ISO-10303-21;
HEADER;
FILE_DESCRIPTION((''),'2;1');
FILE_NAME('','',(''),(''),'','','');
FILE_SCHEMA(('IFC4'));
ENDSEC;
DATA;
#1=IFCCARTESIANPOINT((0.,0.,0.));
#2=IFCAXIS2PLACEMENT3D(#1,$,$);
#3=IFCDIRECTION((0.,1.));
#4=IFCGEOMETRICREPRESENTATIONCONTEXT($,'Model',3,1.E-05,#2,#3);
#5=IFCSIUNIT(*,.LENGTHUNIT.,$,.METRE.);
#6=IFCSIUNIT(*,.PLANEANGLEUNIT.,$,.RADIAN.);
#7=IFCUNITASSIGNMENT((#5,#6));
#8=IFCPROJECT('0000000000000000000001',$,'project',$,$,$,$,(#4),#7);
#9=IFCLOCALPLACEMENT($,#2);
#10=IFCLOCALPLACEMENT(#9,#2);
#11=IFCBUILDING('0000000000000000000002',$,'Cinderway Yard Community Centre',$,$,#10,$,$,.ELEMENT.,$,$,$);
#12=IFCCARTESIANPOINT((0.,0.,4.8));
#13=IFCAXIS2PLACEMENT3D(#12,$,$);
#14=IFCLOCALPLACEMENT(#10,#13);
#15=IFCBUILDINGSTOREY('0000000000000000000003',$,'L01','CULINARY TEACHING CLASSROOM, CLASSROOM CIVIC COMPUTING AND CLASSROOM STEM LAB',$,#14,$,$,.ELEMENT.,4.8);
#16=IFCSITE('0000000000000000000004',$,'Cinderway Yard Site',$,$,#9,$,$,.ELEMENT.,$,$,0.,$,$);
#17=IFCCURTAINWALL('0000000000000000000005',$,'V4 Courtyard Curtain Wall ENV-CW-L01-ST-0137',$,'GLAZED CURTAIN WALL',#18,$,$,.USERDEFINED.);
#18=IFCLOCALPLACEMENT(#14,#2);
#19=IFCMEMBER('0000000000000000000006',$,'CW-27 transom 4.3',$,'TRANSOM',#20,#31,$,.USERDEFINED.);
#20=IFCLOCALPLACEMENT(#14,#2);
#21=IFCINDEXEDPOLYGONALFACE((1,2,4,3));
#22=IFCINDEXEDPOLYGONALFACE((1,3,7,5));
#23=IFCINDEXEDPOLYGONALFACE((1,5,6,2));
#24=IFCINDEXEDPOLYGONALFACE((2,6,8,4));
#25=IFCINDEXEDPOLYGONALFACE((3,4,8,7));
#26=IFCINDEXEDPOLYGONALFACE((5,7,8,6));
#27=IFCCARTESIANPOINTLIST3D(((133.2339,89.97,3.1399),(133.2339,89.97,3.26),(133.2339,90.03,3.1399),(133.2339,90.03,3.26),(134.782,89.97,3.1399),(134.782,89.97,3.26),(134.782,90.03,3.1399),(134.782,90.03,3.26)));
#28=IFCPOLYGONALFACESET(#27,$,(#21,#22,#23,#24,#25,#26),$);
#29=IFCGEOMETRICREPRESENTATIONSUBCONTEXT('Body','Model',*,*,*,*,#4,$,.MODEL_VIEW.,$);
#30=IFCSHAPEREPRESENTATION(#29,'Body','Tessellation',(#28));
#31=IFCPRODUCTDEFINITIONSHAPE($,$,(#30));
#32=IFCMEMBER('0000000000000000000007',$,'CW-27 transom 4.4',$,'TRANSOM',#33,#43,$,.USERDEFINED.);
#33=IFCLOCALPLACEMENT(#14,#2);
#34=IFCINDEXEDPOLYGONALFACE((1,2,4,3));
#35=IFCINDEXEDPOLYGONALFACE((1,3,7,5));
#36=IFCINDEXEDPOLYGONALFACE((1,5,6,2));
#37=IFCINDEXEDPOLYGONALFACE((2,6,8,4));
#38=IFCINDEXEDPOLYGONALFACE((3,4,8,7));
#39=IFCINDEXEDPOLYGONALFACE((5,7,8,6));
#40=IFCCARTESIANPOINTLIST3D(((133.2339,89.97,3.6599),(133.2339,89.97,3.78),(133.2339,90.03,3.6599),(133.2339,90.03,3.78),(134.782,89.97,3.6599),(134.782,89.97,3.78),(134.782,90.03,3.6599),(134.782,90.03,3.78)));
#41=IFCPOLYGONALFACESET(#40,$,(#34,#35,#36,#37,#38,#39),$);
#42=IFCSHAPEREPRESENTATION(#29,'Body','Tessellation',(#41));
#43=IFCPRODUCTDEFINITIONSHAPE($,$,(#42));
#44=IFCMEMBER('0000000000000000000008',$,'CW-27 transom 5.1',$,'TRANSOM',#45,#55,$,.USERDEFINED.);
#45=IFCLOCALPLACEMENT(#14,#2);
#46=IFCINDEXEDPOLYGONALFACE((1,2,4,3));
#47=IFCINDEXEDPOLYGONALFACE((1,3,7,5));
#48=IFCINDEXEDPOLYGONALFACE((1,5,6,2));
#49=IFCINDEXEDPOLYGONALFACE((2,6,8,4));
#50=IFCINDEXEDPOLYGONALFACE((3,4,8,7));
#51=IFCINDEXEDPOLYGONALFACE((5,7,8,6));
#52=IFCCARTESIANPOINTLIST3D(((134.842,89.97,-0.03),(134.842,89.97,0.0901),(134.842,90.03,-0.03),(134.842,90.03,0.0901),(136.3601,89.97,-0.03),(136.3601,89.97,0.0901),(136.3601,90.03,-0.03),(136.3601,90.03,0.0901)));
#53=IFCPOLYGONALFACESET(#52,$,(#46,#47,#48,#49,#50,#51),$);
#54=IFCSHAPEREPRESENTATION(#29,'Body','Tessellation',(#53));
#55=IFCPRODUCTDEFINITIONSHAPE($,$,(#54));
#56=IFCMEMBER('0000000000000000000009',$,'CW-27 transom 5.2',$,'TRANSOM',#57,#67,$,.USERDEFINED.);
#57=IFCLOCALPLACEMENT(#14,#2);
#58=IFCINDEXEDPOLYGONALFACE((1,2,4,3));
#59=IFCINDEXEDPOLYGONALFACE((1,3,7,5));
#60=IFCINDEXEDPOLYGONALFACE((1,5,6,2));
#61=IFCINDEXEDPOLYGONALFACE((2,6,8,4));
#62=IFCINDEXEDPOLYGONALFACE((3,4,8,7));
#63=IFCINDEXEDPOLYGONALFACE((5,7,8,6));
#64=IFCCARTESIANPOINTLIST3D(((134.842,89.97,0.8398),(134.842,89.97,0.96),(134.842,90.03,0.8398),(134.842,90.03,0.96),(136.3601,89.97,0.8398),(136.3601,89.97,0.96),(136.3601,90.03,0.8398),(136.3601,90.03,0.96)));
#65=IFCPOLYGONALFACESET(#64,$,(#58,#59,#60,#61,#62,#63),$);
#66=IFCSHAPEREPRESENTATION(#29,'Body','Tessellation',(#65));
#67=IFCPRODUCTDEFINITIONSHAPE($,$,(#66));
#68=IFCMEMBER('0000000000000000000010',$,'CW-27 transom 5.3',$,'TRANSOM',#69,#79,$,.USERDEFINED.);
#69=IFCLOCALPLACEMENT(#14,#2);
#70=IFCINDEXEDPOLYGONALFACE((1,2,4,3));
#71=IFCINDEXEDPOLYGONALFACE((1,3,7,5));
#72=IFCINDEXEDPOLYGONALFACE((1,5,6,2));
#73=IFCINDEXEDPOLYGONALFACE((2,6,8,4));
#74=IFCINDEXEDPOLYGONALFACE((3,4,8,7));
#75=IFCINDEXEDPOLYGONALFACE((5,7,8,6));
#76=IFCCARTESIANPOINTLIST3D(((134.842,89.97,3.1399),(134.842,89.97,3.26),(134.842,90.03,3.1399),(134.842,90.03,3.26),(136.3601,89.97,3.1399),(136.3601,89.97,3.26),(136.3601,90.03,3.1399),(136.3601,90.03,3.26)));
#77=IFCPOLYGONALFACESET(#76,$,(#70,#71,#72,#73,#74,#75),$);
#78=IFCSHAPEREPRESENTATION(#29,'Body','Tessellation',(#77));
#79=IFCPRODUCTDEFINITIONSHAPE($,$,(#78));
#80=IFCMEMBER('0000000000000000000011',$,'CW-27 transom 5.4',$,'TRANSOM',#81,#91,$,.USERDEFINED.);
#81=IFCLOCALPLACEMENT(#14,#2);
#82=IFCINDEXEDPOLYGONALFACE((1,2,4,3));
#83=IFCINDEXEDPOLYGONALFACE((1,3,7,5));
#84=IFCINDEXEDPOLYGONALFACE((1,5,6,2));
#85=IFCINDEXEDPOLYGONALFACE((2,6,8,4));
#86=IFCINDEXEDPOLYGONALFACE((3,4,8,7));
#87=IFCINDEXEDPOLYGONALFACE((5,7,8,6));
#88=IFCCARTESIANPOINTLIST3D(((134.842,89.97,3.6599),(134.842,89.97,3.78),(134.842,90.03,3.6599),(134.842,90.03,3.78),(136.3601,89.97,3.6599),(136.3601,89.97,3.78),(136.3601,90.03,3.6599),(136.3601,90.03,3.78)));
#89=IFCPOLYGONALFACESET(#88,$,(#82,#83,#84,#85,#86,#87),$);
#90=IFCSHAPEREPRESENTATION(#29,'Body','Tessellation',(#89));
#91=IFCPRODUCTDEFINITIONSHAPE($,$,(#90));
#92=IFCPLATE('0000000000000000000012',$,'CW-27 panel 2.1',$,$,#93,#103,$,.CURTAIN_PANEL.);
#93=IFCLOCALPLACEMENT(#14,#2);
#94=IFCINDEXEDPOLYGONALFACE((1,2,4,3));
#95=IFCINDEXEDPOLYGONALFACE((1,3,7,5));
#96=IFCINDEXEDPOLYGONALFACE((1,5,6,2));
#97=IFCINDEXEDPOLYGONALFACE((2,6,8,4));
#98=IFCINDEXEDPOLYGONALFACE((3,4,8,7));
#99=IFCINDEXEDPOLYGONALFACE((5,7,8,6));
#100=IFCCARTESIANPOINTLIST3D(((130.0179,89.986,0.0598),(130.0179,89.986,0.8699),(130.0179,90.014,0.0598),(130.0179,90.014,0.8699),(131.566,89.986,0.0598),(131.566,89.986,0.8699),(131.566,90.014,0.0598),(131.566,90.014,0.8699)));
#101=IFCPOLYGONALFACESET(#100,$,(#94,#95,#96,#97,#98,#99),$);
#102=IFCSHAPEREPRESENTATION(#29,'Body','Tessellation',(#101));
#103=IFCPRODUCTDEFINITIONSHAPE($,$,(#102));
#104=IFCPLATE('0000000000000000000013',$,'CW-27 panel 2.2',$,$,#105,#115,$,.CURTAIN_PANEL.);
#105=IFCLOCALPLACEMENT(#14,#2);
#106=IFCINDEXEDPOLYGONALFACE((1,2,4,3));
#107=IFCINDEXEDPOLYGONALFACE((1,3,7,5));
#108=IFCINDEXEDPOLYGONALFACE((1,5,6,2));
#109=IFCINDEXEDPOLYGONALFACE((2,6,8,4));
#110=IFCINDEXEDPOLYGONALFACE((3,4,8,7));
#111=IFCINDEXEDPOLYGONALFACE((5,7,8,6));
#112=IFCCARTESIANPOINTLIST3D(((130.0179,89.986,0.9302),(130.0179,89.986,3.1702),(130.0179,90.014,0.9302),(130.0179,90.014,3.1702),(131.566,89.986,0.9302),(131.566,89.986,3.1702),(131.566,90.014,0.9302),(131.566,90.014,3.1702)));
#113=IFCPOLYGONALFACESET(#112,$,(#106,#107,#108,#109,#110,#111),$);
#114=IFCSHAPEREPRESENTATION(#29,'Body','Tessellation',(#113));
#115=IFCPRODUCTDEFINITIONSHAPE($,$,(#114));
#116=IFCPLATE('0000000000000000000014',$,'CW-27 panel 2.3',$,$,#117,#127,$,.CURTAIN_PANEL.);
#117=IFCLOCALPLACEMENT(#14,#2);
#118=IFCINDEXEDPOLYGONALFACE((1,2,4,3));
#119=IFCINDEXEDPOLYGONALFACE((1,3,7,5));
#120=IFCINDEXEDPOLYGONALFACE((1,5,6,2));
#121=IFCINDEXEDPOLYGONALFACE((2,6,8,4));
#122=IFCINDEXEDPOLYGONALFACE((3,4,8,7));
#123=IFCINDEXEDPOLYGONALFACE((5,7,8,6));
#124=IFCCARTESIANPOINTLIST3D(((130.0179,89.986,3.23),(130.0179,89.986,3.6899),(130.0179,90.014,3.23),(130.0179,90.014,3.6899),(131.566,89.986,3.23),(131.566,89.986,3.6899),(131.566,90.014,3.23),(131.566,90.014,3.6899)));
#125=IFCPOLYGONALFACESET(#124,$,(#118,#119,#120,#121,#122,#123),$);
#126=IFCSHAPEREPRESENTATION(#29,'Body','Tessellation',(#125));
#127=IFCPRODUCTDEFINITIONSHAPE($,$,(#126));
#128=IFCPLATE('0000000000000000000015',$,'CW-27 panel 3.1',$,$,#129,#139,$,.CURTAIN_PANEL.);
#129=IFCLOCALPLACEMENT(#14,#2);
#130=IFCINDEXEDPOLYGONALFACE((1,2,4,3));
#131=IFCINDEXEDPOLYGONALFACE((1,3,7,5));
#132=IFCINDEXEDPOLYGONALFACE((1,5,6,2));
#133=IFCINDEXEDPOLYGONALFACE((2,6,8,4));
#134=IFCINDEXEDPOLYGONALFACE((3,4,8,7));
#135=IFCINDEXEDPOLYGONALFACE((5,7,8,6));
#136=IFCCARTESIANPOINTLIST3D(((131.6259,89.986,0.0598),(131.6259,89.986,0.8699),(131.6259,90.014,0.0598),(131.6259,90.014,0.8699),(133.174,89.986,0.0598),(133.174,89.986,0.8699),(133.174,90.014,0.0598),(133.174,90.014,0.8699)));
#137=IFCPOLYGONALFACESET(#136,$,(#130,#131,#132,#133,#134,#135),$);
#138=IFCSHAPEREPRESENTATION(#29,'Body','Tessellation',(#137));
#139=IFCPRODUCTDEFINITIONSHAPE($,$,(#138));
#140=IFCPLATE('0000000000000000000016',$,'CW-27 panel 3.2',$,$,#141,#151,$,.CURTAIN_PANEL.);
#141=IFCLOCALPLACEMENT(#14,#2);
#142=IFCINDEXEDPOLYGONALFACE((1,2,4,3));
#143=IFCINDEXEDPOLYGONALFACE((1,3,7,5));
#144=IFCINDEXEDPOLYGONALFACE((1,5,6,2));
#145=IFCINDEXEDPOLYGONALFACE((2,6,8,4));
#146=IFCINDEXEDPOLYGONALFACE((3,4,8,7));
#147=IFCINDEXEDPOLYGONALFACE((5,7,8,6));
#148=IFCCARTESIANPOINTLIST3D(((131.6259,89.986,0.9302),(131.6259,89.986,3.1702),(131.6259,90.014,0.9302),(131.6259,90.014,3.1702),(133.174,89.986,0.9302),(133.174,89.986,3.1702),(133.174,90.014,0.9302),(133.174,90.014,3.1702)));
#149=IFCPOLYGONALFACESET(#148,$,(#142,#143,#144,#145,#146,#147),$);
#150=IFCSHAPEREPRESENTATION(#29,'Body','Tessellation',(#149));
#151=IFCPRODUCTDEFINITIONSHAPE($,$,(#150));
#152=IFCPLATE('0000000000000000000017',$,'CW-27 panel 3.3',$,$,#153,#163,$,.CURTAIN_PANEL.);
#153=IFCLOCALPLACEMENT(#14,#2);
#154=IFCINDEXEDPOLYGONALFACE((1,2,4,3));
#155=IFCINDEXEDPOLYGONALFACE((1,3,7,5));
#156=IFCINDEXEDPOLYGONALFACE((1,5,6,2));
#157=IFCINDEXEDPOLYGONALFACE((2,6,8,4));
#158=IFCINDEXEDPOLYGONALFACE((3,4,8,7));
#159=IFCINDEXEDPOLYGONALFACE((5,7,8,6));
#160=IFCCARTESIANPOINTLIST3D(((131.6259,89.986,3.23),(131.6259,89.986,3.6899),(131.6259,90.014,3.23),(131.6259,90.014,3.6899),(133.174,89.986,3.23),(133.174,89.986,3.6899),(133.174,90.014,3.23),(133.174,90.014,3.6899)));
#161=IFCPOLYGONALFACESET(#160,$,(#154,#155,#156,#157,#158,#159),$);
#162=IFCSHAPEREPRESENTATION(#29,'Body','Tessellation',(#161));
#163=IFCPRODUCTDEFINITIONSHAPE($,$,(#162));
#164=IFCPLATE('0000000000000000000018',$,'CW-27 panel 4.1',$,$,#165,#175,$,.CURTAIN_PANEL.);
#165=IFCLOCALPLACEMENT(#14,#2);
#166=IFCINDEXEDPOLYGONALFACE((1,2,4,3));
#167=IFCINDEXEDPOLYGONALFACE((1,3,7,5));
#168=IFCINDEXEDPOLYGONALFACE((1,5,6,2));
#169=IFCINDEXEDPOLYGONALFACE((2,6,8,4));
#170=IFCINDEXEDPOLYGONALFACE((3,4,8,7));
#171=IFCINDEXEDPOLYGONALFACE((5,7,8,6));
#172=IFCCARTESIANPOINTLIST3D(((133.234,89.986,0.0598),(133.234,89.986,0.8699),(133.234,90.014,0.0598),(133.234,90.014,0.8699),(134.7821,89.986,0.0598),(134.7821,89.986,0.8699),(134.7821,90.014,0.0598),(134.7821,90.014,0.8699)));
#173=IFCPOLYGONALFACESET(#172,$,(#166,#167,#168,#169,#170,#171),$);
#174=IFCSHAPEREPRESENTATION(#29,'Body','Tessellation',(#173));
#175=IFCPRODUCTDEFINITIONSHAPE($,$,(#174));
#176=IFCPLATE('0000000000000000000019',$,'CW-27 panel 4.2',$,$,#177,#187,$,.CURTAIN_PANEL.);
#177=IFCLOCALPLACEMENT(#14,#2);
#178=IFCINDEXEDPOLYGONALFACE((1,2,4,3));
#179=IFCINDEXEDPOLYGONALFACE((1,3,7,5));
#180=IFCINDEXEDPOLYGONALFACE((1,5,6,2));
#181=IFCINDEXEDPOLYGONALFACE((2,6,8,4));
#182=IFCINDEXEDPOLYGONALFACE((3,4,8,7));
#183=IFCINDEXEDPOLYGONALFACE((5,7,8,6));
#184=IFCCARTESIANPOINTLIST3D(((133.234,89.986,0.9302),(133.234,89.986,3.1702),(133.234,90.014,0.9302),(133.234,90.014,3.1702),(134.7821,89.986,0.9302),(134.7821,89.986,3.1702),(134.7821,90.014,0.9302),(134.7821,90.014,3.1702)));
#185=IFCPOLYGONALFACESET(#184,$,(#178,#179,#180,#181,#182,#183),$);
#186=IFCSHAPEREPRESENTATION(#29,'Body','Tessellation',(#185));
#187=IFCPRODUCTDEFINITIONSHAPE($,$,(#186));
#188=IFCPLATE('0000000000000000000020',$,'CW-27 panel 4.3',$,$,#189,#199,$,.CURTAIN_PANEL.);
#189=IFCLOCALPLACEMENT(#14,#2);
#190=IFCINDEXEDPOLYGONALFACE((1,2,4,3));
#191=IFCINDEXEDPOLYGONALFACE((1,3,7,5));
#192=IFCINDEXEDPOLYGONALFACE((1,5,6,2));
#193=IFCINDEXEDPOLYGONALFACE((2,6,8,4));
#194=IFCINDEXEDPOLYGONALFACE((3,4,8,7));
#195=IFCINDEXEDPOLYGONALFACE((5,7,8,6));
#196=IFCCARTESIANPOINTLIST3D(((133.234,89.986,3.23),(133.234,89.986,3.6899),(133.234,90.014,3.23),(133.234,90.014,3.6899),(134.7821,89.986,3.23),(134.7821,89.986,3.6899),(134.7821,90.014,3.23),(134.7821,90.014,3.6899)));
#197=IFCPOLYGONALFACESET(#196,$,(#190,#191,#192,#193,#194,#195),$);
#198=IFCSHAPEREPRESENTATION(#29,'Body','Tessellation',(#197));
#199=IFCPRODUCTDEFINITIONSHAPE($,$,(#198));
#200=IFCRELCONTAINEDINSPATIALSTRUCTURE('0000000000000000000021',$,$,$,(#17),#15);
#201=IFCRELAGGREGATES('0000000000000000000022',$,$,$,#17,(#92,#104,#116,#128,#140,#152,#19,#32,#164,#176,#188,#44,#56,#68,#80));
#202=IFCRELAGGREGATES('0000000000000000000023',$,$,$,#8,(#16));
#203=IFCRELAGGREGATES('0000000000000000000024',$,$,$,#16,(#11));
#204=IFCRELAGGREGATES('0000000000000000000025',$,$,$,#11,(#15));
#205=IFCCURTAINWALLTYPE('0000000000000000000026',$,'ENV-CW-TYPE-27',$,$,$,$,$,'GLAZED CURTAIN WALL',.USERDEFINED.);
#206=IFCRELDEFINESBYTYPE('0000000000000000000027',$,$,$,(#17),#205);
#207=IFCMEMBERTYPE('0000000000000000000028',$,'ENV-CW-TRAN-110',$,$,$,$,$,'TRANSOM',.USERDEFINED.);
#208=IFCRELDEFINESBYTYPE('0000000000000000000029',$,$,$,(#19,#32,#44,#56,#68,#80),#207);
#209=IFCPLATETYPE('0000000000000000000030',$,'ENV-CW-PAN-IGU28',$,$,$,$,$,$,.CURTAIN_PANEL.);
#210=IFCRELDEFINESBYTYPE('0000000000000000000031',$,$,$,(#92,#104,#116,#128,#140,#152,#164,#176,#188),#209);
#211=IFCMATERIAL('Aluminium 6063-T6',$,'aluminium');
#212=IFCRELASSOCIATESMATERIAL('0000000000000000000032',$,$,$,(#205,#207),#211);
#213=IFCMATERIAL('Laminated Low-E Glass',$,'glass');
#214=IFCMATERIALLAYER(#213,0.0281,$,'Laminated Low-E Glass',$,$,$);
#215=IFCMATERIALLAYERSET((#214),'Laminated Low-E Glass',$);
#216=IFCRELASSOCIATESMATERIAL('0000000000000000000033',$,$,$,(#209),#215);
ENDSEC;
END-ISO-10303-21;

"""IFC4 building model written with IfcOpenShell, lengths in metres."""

from ifc_helpers import new_model, si_unit, direction, frame, origin, origin_2d, place, context, subcontext, project, spatial, rectangle, extrude, material, layer, layer_set, material_profile, profile_set, type_object, element, aggregate, save


model = new_model("IFC4")

# Units and contexts
model_context = context("Model", 3, precision=1e-05, world=origin(), true_north=direction((0.0, 1.0)))
body_context = subcontext(model_context, "Body", "Model", "MODEL_VIEW")
ifc_project = project(units=[si_unit("LENGTHUNIT", "METRE"), si_unit("PLANEANGLEUNIT", "RADIAN")], contexts=[model_context])

# Site, building, storey
site_placement = place(None, origin())
site = spatial("IfcSite", under=ifc_project, at=site_placement, Name="Cinderway Yard Site", CompositionType="ELEMENT", RefElevation=0.0)
building_placement = place(site_placement, origin())
building = spatial("IfcBuilding", under=site, at=building_placement, Name="Cinderway Yard Community Centre", CompositionType="ELEMENT")
storey_placement = place(building_placement, frame((0.0, 0.0, 4.8)))
storey = spatial("IfcBuildingStorey", under=building, at=storey_placement, Name="L01", Description="CULINARY TEACHING CLASSROOM, CLASSROOM CIVIC COMPUTING AND CLASSROOM STEM LAB", CompositionType="ELEMENT", Elevation=4.8)

# Curtain wall, members, plates
ifc_material_1 = material(Name="Aluminium 6063-T6", Category="aluminium")
curtain_wall_type = type_object("IfcCurtainWallType", Name="ENV-CW-TYPE-27", ElementType="GLAZED CURTAIN WALL", PredefinedType="USERDEFINED", material=ifc_material_1)
curtain_wall_placement = place(storey_placement, origin())
curtain_wall = element("IfcCurtainWall", 1, at=curtain_wall_placement, inside=storey, type_object=curtain_wall_type, Name="V4 Courtyard Curtain Wall ENV-CW-L01-ST-0137", ObjectType="GLAZED CURTAIN WALL", PredefinedType="USERDEFINED")
ifc_material_profile_1 = material_profile(ifc_material_1, rectangle(XDim=0.0601, YDim=0.1201, at=origin_2d()), Name="Aluminium 6063-T6")
ifc_profile_set_1 = profile_set([ifc_material_profile_1], Name="Aluminium 6063-T6")
member_type_1 = type_object("IfcMemberType", Name="ENV-CW-TRAN-110", ElementType="TRANSOM", PredefinedType="USERDEFINED", material=ifc_profile_set_1)
member_1_placement = place(storey_placement, frame((133.2339, 90.0, 3.2), z_axis=(1.0, 0.0, 0.0), x_axis=(0.0, 1.0, 0.0)))
member_1 = element("IfcMember", 2, at=member_1_placement, type_object=member_type_1, Name="CW-27 transom 4.3", ObjectType="TRANSOM", PredefinedType="USERDEFINED", context=body_context, shape_type="SweptSolid", body=[
    extrude(rectangle(XDim=0.0601, YDim=0.1201, at=origin_2d()), origin(), (0.0, 0.0, 1.0), 1.5481),
])
member_2_placement = place(storey_placement, frame((133.2339, 90.0, 3.72), z_axis=(1.0, 0.0, 0.0), x_axis=(0.0, 1.0, 0.0)))
member_2 = element("IfcMember", 3, at=member_2_placement, type_object=member_type_1, Name="CW-27 transom 4.4", ObjectType="TRANSOM", PredefinedType="USERDEFINED", context=body_context, shape_type="SweptSolid", body=[
    extrude(rectangle(XDim=0.0601, YDim=0.1201, at=origin_2d()), origin(), (0.0, 0.0, 1.0), 1.5481),
])
member_3_placement = place(storey_placement, frame((134.842, 90.0, 0.03), z_axis=(1.0, 0.0, 0.0), x_axis=(0.0, 1.0, 0.0)))
member_3 = element("IfcMember", 4, at=member_3_placement, type_object=member_type_1, Name="CW-27 transom 5.1", ObjectType="TRANSOM", PredefinedType="USERDEFINED", context=body_context, shape_type="SweptSolid", body=[
    extrude(rectangle(XDim=0.0601, YDim=0.1201, at=origin_2d()), origin(), (0.0, 0.0, 1.0), 1.5181),
])
member_4_placement = place(storey_placement, frame((134.842, 90.0, 0.8999), z_axis=(1.0, 0.0, 0.0), x_axis=(0.0, 1.0, 0.0)))
member_4 = element("IfcMember", 5, at=member_4_placement, type_object=member_type_1, Name="CW-27 transom 5.2", ObjectType="TRANSOM", PredefinedType="USERDEFINED", context=body_context, shape_type="SweptSolid", body=[
    extrude(rectangle(XDim=0.0601, YDim=0.1201, at=origin_2d()), origin(), (0.0, 0.0, 1.0), 1.5181),
])
member_5_placement = place(storey_placement, frame((134.842, 90.0, 3.2), z_axis=(1.0, 0.0, 0.0), x_axis=(0.0, 1.0, 0.0)))
member_5 = element("IfcMember", 6, at=member_5_placement, type_object=member_type_1, Name="CW-27 transom 5.3", ObjectType="TRANSOM", PredefinedType="USERDEFINED", context=body_context, shape_type="SweptSolid", body=[
    extrude(rectangle(XDim=0.0601, YDim=0.1201, at=origin_2d()), origin(), (0.0, 0.0, 1.0), 1.5181),
])
member_6_placement = place(storey_placement, frame((134.842, 90.0, 3.72), z_axis=(1.0, 0.0, 0.0), x_axis=(0.0, 1.0, 0.0)))
member_6 = element("IfcMember", 7, at=member_6_placement, type_object=member_type_1, Name="CW-27 transom 5.4", ObjectType="TRANSOM", PredefinedType="USERDEFINED", context=body_context, shape_type="SweptSolid", body=[
    extrude(rectangle(XDim=0.0601, YDim=0.1201, at=origin_2d()), origin(), (0.0, 0.0, 1.0), 1.5181),
])
ifc_material_2 = material(Name="Laminated Low-E Glass", Category="glass")
ifc_layer = layer(ifc_material_2, 0.0281, Name="Laminated Low-E Glass")
ifc_layer_set = layer_set([ifc_layer], Name="Laminated Low-E Glass")
plate_type = type_object("IfcPlateType", Name="ENV-CW-PAN-IGU28", PredefinedType="CURTAIN_PANEL", material=ifc_layer_set)
plate_1_placement = place(storey_placement, frame((130.792, 90.0, 0.0598), z_axis=(0.0, 0.0, 1.0), x_axis=(1.0, 0.0, 0.0)))
plate_1 = element("IfcPlate", 8, at=plate_1_placement, type_object=plate_type, Name="CW-27 panel 2.1", PredefinedType="CURTAIN_PANEL", context=body_context, shape_type="SweptSolid", body=[
    extrude(rectangle(XDim=1.5481, YDim=0.0281, at=origin_2d()), origin(), (0.0, 0.0, 1.0), 0.8101),
])
plate_2_placement = place(storey_placement, frame((130.792, 90.0, 0.9302), z_axis=(0.0, 0.0, 1.0), x_axis=(1.0, 0.0, 0.0)))
plate_2 = element("IfcPlate", 9, at=plate_2_placement, type_object=plate_type, Name="CW-27 panel 2.2", PredefinedType="CURTAIN_PANEL", context=body_context, shape_type="SweptSolid", body=[
    extrude(rectangle(XDim=1.5481, YDim=0.0281, at=origin_2d()), origin(), (0.0, 0.0, 1.0), 2.24),
])
plate_3_placement = place(storey_placement, frame((130.792, 90.0, 3.23), z_axis=(0.0, 0.0, 1.0), x_axis=(1.0, 0.0, 0.0)))
plate_3 = element("IfcPlate", 10, at=plate_3_placement, type_object=plate_type, Name="CW-27 panel 2.3", PredefinedType="CURTAIN_PANEL", context=body_context, shape_type="SweptSolid", body=[
    extrude(rectangle(XDim=1.5481, YDim=0.0281, at=origin_2d()), origin(), (0.0, 0.0, 1.0), 0.46),
])
plate_4_placement = place(storey_placement, frame((132.3999, 90.0, 0.0598), z_axis=(0.0, 0.0, 1.0), x_axis=(1.0, 0.0, 0.0)))
plate_4 = element("IfcPlate", 11, at=plate_4_placement, type_object=plate_type, Name="CW-27 panel 3.1", PredefinedType="CURTAIN_PANEL", context=body_context, shape_type="SweptSolid", body=[
    extrude(rectangle(XDim=1.5481, YDim=0.0281, at=origin_2d()), origin(), (0.0, 0.0, 1.0), 0.8101),
])
plate_5_placement = place(storey_placement, frame((132.3999, 90.0, 0.9302), z_axis=(0.0, 0.0, 1.0), x_axis=(1.0, 0.0, 0.0)))
plate_5 = element("IfcPlate", 12, at=plate_5_placement, type_object=plate_type, Name="CW-27 panel 3.2", PredefinedType="CURTAIN_PANEL", context=body_context, shape_type="SweptSolid", body=[
    extrude(rectangle(XDim=1.5481, YDim=0.0281, at=origin_2d()), origin(), (0.0, 0.0, 1.0), 2.24),
])
plate_6_placement = place(storey_placement, frame((132.3999, 90.0, 3.23), z_axis=(0.0, 0.0, 1.0), x_axis=(1.0, 0.0, 0.0)))
plate_6 = element("IfcPlate", 13, at=plate_6_placement, type_object=plate_type, Name="CW-27 panel 3.3", PredefinedType="CURTAIN_PANEL", context=body_context, shape_type="SweptSolid", body=[
    extrude(rectangle(XDim=1.5481, YDim=0.0281, at=origin_2d()), origin(), (0.0, 0.0, 1.0), 0.46),
])
plate_7_placement = place(storey_placement, frame((134.0081, 90.0, 0.0598), z_axis=(0.0, 0.0, 1.0), x_axis=(1.0, 0.0, 0.0)))
plate_7 = element("IfcPlate", 14, at=plate_7_placement, type_object=plate_type, Name="CW-27 panel 4.1", PredefinedType="CURTAIN_PANEL", context=body_context, shape_type="SweptSolid", body=[
    extrude(rectangle(XDim=1.5481, YDim=0.0281, at=origin_2d()), origin(), (0.0, 0.0, 1.0), 0.8101),
])
plate_8_placement = place(storey_placement, frame((134.0081, 90.0, 0.9302), z_axis=(0.0, 0.0, 1.0), x_axis=(1.0, 0.0, 0.0)))
plate_8 = element("IfcPlate", 15, at=plate_8_placement, type_object=plate_type, Name="CW-27 panel 4.2", PredefinedType="CURTAIN_PANEL", context=body_context, shape_type="SweptSolid", body=[
    extrude(rectangle(XDim=1.5481, YDim=0.0281, at=origin_2d()), origin(), (0.0, 0.0, 1.0), 2.24),
])
plate_9_placement = place(storey_placement, frame((134.0081, 90.0, 3.23), z_axis=(0.0, 0.0, 1.0), x_axis=(1.0, 0.0, 0.0)))
plate_9 = element("IfcPlate", 16, at=plate_9_placement, type_object=plate_type, Name="CW-27 panel 4.3", PredefinedType="CURTAIN_PANEL", context=body_context, shape_type="SweptSolid", body=[
    extrude(rectangle(XDim=1.5481, YDim=0.0281, at=origin_2d()), origin(), (0.0, 0.0, 1.0), 0.46),
])
aggregate(curtain_wall, [plate_1, plate_2, plate_3, plate_4, plate_5, plate_6, member_1, member_2, plate_7, plate_8, plate_9, member_3, member_4, member_5, member_6])

save(model, "model.ifc")
